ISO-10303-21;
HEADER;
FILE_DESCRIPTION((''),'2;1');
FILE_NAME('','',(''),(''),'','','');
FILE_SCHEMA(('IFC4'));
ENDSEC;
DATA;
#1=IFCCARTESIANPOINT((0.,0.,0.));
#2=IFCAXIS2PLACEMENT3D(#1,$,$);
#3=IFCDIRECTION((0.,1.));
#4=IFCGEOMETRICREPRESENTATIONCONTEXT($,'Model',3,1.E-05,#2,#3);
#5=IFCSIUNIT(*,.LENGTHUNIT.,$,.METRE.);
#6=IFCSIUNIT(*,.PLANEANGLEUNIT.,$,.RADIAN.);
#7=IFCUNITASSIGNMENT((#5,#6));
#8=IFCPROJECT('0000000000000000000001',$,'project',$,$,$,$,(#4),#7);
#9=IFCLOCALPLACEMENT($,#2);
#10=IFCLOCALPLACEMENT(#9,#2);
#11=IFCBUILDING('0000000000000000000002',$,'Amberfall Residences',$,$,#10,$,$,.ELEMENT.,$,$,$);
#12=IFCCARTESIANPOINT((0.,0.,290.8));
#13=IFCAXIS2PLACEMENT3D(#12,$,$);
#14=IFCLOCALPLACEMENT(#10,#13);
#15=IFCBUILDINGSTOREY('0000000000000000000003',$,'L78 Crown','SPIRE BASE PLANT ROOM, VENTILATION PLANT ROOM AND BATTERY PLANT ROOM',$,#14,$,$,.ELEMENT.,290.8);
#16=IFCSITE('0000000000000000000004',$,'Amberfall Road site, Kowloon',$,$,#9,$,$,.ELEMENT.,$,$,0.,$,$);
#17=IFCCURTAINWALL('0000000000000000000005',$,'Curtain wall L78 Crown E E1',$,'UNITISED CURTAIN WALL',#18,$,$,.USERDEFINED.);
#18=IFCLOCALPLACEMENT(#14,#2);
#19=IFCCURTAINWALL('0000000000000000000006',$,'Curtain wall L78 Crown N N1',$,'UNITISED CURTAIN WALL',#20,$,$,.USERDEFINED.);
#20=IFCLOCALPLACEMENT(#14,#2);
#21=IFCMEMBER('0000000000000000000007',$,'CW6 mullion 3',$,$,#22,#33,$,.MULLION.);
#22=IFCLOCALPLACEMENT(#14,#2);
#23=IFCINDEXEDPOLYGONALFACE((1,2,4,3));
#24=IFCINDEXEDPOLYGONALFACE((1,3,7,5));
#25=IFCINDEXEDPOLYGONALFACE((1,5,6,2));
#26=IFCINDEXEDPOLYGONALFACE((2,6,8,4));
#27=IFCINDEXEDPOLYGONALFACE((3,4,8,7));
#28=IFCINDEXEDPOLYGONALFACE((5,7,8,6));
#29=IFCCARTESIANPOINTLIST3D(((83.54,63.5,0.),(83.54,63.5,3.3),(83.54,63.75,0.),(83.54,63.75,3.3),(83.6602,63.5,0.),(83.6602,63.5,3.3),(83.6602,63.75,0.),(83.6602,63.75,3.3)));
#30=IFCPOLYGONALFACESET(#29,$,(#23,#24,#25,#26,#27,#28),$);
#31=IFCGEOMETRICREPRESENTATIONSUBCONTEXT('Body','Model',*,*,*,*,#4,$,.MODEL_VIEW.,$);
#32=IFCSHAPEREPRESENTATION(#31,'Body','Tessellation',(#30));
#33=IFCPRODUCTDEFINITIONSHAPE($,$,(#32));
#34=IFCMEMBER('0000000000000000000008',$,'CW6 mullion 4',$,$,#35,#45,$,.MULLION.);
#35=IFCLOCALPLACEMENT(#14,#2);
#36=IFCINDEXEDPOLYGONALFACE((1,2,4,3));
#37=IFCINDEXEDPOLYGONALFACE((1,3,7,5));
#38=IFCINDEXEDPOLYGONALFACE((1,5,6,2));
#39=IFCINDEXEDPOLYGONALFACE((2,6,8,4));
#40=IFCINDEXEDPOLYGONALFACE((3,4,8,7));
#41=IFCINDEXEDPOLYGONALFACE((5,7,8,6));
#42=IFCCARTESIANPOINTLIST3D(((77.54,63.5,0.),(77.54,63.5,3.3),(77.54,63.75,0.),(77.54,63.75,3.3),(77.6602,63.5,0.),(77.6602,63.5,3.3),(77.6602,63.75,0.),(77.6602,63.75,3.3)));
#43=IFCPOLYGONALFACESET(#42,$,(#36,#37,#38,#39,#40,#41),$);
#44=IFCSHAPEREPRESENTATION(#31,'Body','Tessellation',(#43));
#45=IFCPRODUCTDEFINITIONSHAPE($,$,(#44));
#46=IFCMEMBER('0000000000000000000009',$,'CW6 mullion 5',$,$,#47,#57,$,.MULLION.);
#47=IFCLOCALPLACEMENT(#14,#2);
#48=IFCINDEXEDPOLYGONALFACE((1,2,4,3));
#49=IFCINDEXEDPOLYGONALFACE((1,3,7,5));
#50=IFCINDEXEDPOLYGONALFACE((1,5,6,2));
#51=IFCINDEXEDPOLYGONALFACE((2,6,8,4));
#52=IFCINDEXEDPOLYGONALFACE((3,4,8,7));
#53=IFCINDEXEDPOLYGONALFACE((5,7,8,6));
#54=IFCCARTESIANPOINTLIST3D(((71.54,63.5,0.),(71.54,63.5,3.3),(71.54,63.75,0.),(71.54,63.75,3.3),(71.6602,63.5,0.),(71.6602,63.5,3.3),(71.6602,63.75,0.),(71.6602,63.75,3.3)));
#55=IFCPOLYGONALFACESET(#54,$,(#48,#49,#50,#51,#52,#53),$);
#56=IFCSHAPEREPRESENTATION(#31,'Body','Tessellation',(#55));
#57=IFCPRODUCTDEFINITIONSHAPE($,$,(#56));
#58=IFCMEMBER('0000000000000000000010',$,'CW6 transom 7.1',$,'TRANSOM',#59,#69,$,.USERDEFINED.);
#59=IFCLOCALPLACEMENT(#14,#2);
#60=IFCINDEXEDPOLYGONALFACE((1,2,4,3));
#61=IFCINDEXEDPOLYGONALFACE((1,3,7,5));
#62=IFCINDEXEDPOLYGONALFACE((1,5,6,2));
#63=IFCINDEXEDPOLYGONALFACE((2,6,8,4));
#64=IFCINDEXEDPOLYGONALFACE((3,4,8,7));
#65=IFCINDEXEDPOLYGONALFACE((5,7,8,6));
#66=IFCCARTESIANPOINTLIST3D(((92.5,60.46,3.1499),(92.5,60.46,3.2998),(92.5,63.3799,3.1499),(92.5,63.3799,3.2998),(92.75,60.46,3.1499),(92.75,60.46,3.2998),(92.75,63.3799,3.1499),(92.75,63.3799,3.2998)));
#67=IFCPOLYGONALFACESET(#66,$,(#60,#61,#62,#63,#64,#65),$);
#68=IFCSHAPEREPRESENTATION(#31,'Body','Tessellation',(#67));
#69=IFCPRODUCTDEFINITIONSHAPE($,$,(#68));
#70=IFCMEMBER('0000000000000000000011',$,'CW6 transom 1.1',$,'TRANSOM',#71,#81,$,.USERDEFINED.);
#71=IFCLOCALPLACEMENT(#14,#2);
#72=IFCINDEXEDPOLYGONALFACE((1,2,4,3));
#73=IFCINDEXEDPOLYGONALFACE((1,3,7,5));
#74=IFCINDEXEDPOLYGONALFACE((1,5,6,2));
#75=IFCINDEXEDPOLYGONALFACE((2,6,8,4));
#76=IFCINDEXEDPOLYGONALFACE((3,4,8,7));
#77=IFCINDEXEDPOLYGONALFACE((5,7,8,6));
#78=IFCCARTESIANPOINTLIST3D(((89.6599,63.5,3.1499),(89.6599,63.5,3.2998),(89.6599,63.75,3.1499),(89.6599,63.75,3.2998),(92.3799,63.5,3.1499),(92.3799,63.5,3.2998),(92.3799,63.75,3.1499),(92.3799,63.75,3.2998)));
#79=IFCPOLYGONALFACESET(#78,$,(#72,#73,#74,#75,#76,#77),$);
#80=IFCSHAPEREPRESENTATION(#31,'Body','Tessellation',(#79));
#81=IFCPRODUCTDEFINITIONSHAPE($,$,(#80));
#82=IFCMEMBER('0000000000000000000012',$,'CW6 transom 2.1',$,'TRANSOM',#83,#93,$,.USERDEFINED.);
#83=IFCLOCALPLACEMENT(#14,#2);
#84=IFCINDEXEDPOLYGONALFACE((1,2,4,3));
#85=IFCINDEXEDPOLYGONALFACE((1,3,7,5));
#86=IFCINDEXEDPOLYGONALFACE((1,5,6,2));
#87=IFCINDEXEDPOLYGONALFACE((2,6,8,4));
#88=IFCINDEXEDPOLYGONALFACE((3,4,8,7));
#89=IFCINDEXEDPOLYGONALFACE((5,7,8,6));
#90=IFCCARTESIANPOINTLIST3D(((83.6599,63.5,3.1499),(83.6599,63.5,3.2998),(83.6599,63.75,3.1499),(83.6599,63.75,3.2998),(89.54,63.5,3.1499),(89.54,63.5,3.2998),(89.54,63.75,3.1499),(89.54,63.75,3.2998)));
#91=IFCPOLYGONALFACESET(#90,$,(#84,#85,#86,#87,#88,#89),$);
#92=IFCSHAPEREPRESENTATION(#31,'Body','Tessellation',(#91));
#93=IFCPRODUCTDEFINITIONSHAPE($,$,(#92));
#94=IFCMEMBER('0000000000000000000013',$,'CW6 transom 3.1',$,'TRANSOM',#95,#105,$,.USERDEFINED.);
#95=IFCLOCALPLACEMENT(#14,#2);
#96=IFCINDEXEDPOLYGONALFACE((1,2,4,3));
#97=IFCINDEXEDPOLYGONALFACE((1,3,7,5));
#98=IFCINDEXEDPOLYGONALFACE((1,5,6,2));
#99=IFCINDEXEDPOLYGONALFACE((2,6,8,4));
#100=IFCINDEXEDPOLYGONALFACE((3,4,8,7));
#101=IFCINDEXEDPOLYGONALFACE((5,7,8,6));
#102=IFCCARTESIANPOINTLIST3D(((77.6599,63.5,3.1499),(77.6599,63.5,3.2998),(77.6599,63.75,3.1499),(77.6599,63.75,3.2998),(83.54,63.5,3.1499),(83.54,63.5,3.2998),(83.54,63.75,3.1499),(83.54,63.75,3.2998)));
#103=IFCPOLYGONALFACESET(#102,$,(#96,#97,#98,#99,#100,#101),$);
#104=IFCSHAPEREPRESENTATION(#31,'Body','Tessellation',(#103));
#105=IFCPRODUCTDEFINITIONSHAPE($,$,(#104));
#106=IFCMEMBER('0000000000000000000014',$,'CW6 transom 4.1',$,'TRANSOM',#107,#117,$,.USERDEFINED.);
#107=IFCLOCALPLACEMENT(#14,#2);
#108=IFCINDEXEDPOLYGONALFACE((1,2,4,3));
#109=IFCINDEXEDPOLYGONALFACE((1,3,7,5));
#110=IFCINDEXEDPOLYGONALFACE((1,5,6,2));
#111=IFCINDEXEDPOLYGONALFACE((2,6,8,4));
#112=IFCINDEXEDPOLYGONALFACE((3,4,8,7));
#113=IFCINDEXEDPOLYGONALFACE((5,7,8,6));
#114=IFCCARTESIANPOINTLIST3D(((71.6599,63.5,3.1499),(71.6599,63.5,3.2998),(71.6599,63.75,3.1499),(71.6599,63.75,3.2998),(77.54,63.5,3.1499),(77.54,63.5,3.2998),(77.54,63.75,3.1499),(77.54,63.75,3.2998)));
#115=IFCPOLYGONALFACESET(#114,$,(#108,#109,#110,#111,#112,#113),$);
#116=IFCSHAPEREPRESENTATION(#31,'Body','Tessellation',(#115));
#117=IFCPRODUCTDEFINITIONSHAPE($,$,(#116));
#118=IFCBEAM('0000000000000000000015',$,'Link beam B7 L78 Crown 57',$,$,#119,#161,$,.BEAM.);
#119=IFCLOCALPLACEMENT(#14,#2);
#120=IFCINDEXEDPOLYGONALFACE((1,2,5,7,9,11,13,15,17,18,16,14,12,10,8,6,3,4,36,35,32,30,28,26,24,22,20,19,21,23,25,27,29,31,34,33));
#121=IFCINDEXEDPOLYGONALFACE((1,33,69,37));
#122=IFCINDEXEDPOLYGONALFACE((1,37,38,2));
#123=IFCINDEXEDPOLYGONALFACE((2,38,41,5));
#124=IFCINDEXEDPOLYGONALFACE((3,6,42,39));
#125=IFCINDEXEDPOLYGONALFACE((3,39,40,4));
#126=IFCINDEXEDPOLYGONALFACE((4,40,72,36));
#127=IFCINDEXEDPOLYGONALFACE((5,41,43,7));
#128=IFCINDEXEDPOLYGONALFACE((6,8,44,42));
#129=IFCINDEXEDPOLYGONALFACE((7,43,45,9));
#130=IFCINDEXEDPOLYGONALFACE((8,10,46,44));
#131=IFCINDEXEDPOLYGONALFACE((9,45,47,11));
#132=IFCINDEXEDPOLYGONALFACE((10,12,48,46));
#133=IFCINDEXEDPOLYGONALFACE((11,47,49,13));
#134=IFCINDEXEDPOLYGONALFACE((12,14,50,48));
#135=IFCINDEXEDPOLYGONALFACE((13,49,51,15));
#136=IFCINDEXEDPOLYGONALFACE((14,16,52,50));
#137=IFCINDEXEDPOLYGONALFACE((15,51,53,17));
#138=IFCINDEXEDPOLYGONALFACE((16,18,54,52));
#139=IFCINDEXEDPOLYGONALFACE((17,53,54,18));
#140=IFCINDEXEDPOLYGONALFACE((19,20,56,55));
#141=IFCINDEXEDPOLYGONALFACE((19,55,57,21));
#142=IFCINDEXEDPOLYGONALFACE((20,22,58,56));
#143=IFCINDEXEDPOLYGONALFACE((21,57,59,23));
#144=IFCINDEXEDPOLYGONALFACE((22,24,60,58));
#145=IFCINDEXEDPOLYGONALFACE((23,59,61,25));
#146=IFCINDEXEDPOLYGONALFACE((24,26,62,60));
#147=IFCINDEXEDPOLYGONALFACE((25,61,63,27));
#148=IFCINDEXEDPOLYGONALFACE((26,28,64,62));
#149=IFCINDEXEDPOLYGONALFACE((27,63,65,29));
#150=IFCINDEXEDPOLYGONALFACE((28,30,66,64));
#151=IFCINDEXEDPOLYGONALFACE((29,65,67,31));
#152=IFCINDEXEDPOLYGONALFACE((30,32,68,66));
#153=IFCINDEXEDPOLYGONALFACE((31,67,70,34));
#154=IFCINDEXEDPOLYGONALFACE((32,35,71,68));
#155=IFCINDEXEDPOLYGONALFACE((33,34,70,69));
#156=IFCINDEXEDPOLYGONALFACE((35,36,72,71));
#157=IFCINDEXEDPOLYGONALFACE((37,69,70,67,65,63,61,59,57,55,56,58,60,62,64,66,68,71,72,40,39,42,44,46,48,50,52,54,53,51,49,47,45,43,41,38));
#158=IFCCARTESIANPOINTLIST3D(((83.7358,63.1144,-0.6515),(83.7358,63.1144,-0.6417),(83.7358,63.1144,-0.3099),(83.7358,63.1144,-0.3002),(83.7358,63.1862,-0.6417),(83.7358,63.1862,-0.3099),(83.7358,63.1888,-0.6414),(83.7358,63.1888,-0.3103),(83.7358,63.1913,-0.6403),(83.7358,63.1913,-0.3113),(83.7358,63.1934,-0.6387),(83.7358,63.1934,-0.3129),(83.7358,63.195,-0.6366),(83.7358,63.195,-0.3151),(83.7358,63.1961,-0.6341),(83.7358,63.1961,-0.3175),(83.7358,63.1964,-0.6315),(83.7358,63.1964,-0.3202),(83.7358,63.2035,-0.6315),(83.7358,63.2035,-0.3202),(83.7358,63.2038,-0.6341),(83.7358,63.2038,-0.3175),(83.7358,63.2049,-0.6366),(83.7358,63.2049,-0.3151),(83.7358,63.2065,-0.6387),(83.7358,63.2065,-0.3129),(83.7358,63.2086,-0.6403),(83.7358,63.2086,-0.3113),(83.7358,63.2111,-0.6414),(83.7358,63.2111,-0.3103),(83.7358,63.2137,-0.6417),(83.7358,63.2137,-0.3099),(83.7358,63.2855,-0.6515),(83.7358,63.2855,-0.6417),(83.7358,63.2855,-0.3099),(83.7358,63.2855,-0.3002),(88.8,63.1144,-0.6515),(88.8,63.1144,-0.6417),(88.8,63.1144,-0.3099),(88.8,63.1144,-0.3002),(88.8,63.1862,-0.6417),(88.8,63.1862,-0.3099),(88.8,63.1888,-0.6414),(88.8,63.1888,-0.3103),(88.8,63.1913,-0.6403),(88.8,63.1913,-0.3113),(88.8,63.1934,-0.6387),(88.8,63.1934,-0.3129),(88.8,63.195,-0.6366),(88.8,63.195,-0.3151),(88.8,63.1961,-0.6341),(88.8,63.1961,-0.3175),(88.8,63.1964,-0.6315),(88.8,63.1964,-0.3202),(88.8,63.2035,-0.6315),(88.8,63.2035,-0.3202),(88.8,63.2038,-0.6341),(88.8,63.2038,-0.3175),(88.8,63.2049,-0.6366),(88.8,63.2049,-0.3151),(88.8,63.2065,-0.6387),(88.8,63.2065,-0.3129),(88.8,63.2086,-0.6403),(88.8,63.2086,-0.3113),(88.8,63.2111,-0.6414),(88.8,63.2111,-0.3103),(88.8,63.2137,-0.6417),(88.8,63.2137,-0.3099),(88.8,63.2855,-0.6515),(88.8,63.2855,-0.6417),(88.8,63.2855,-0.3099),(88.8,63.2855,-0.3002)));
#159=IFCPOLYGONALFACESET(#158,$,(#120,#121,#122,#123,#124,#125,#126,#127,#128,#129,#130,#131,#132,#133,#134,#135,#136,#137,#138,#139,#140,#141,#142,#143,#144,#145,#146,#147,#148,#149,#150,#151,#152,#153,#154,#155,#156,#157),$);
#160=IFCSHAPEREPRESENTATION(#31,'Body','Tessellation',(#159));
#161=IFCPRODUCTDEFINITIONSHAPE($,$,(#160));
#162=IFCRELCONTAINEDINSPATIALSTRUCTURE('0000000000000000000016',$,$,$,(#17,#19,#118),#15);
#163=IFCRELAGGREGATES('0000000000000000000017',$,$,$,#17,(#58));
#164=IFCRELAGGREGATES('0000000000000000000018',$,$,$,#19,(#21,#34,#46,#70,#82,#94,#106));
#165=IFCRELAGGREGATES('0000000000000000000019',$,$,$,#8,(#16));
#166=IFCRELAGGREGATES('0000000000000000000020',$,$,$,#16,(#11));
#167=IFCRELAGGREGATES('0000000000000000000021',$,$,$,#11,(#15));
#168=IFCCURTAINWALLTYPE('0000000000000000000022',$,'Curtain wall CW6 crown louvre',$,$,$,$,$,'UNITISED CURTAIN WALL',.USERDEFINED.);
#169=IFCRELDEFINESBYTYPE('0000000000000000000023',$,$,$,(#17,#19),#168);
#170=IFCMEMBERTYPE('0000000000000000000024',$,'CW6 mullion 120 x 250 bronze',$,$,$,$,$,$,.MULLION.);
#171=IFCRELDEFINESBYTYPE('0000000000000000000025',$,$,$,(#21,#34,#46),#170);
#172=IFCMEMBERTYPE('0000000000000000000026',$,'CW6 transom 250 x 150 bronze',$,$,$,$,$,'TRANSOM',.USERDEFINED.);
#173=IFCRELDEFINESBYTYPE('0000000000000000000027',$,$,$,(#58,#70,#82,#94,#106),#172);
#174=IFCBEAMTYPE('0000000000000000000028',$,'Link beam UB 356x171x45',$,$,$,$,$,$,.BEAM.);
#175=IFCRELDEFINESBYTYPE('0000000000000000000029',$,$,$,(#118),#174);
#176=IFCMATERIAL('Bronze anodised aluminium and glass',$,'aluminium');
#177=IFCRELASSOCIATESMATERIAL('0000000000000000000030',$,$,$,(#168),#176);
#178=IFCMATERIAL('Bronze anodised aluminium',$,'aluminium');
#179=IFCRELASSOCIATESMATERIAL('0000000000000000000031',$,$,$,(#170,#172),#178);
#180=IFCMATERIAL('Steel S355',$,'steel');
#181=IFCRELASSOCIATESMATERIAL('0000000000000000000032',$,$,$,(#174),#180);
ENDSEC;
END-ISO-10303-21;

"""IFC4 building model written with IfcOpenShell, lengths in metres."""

from ifc_helpers import new_model, si_unit, direction, frame, origin, origin_2d, place, context, subcontext, project, spatial, rectangle, i_section, extrude, material, material_profile, profile_set, type_object, element, aggregate, save


model = new_model("IFC4")

# Units and contexts
model_context = context("Model", 3, precision=1e-05, world=origin(), true_north=direction((0.0, 1.0)))
body_context = subcontext(model_context, "Body", "Model", "MODEL_VIEW")
ifc_project = project(units=[si_unit("LENGTHUNIT", "METRE"), si_unit("PLANEANGLEUNIT", "RADIAN")], contexts=[model_context])

# Site, building, storey
site_placement = place(None, origin())
site = spatial("IfcSite", under=ifc_project, at=site_placement, Name="Amberfall Road site, Kowloon", CompositionType="ELEMENT", RefElevation=0.0)
building_placement = place(site_placement, origin())
building = spatial("IfcBuilding", under=site, at=building_placement, Name="Amberfall Residences", CompositionType="ELEMENT")
storey_placement = place(building_placement, frame((0.0, 0.0, 290.8)))
storey = spatial("IfcBuildingStorey", under=building, at=storey_placement, Name="L78 Crown", Description="SPIRE BASE PLANT ROOM, VENTILATION PLANT ROOM AND BATTERY PLANT ROOM", CompositionType="ELEMENT", Elevation=290.8)

# Shared definitions
ifc_material_1 = material(Name="Steel S355", Category="steel")

# Curtain walls, members
ifc_material_2 = material(Name="Bronze anodised aluminium and glass", Category="aluminium")
curtain_wall_type = type_object("IfcCurtainWallType", Name="Curtain wall CW6 crown louvre", ElementType="UNITISED CURTAIN WALL", PredefinedType="USERDEFINED", material=ifc_material_2)
curtain_wall_1_placement = place(storey_placement, origin())
curtain_wall_1 = element("IfcCurtainWall", 1, at=curtain_wall_1_placement, inside=storey, type_object=curtain_wall_type, Name="Curtain wall L78 Crown E E1", ObjectType="UNITISED CURTAIN WALL", PredefinedType="USERDEFINED")
ifc_material_3 = material(Name="Bronze anodised aluminium", Category="aluminium")
ifc_material_profile_1 = material_profile(ifc_material_3, rectangle(XDim=0.25, YDim=0.1201, at=origin_2d()), Name="CW6 mullion 120 x 250 bronze")
ifc_profile_set_1 = profile_set([ifc_material_profile_1], Name="Bronze anodised aluminium")
member_type_1 = type_object("IfcMemberType", Name="CW6 mullion 120 x 250 bronze", PredefinedType="MULLION", material=ifc_profile_set_1)
curtain_wall_2_placement = place(storey_placement, origin())
curtain_wall_2 = element("IfcCurtainWall", 2, at=curtain_wall_2_placement, inside=storey, type_object=curtain_wall_type, Name="Curtain wall L78 Crown N N1", ObjectType="UNITISED CURTAIN WALL", PredefinedType="USERDEFINED")
member_1_placement = place(storey_placement, frame((83.6001, 63.625, 0.0), z_axis=(0.0, 0.0, 1.0), x_axis=(0.0, -1.0, 0.0)))
member_1 = element("IfcMember", 3, at=member_1_placement, type_object=member_type_1, Name="CW6 mullion 3", PredefinedType="MULLION", context=body_context, shape_type="SweptSolid", body=[
    extrude(rectangle(XDim=0.25, YDim=0.1201, at=origin_2d()), origin(), (0.0, 0.0, 1.0), 3.3),
])
member_2_placement = place(storey_placement, frame((77.6001, 63.625, 0.0), z_axis=(0.0, 0.0, 1.0), x_axis=(0.0, -1.0, 0.0)))
member_2 = element("IfcMember", 4, at=member_2_placement, type_object=member_type_1, Name="CW6 mullion 4", PredefinedType="MULLION", context=body_context, shape_type="SweptSolid", body=[
    extrude(rectangle(XDim=0.25, YDim=0.1201, at=origin_2d()), origin(), (0.0, 0.0, 1.0), 3.3),
])
member_3_placement = place(storey_placement, frame((71.6001, 63.625, 0.0), z_axis=(0.0, 0.0, 1.0), x_axis=(0.0, -1.0, 0.0)))
member_3 = element("IfcMember", 5, at=member_3_placement, type_object=member_type_1, Name="CW6 mullion 5", PredefinedType="MULLION", context=body_context, shape_type="SweptSolid", body=[
    extrude(rectangle(XDim=0.25, YDim=0.1201, at=origin_2d()), origin(), (0.0, 0.0, 1.0), 3.3),
])

# Members
ifc_material_profile_2 = material_profile(ifc_material_3, rectangle(XDim=0.25, YDim=0.1499, at=origin_2d()), Name="CW6 transom 250 x 150 bronze")
ifc_profile_set_2 = profile_set([ifc_material_profile_2], Name="Bronze anodised aluminium")
member_type_2 = type_object("IfcMemberType", Name="CW6 transom 250 x 150 bronze", ElementType="TRANSOM", PredefinedType="USERDEFINED", material=ifc_profile_set_2)
member_4_placement = place(storey_placement, frame((92.625, 60.46, 3.2249), z_axis=(0.0, 1.0, 0.0), x_axis=(-1.0, 0.0, 0.0)))
member_4 = element("IfcMember", 6, at=member_4_placement, type_object=member_type_2, Name="CW6 transom 7.1", ObjectType="TRANSOM", PredefinedType="USERDEFINED", context=body_context, shape_type="SweptSolid", body=[
    extrude(rectangle(XDim=0.25, YDim=0.1499, at=origin_2d()), origin(), (0.0, 0.0, 1.0), 2.9199),
])
member_5_placement = place(storey_placement, frame((92.3799, 63.625, 3.2249), z_axis=(-1.0, 0.0, 0.0), x_axis=(0.0, -1.0, 0.0)))
member_5 = element("IfcMember", 7, at=member_5_placement, type_object=member_type_2, Name="CW6 transom 1.1", ObjectType="TRANSOM", PredefinedType="USERDEFINED", context=body_context, shape_type="SweptSolid", body=[
    extrude(rectangle(XDim=0.25, YDim=0.1499, at=origin_2d()), origin(), (0.0, 0.0, 1.0), 2.72),
])
member_6_placement = place(storey_placement, frame((89.54, 63.625, 3.2249), z_axis=(-1.0, 0.0, 0.0), x_axis=(0.0, -1.0, 0.0)))
member_6 = element("IfcMember", 8, at=member_6_placement, type_object=member_type_2, Name="CW6 transom 2.1", ObjectType="TRANSOM", PredefinedType="USERDEFINED", context=body_context, shape_type="SweptSolid", body=[
    extrude(rectangle(XDim=0.25, YDim=0.1499, at=origin_2d()), origin(), (0.0, 0.0, 1.0), 5.8801),
])
member_7_placement = place(storey_placement, frame((83.54, 63.625, 3.2249), z_axis=(-1.0, 0.0, 0.0), x_axis=(0.0, -1.0, 0.0)))
member_7 = element("IfcMember", 9, at=member_7_placement, type_object=member_type_2, Name="CW6 transom 3.1", ObjectType="TRANSOM", PredefinedType="USERDEFINED", context=body_context, shape_type="SweptSolid", body=[
    extrude(rectangle(XDim=0.25, YDim=0.1499, at=origin_2d()), origin(), (0.0, 0.0, 1.0), 5.8801),
])
member_8_placement = place(storey_placement, frame((77.54, 63.625, 3.2249), z_axis=(-1.0, 0.0, 0.0), x_axis=(0.0, -1.0, 0.0)))
member_8 = element("IfcMember", 10, at=member_8_placement, type_object=member_type_2, Name="CW6 transom 4.1", ObjectType="TRANSOM", PredefinedType="USERDEFINED", context=body_context, shape_type="SweptSolid", body=[
    extrude(rectangle(XDim=0.25, YDim=0.1499, at=origin_2d()), origin(), (0.0, 0.0, 1.0), 5.8801),
])

# Beam
ifc_material_profile_3 = material_profile(ifc_material_1, i_section(OverallWidth=0.1711, OverallDepth=0.3513, WebThickness=0.0071, FlangeThickness=0.0098, FilletRadius=0.0103, at=origin_2d()), Name="UB 356x171x45")
ifc_profile_set_3 = profile_set([ifc_material_profile_3], Name="Steel S355")
beam_type_1 = type_object("IfcBeamType", Name="Link beam UB 356x171x45", PredefinedType="BEAM", material=ifc_profile_set_3)
beam_1_placement = place(storey_placement, frame((88.8, 63.2, -0.4758), z_axis=(-1.0, 0.0, 0.0), x_axis=(0.0, -1.0, 0.0)))
element("IfcBeam", 11, at=beam_1_placement, inside=storey, type_object=beam_type_1, Name="Link beam B7 L78 Crown 57", PredefinedType="BEAM", context=body_context, shape_type="SweptSolid", body=[
    extrude(i_section(OverallWidth=0.1711, OverallDepth=0.3513, WebThickness=0.0071, FlangeThickness=0.0098, FilletRadius=0.0103, at=origin_2d()), origin(), (0.0, 0.0, 1.0), 5.0642),
])

aggregate(curtain_wall_1, [member_4])
aggregate(curtain_wall_2, [member_1, member_2, member_3, member_5, member_6, member_7, member_8])

save(model, "model.ifc")
